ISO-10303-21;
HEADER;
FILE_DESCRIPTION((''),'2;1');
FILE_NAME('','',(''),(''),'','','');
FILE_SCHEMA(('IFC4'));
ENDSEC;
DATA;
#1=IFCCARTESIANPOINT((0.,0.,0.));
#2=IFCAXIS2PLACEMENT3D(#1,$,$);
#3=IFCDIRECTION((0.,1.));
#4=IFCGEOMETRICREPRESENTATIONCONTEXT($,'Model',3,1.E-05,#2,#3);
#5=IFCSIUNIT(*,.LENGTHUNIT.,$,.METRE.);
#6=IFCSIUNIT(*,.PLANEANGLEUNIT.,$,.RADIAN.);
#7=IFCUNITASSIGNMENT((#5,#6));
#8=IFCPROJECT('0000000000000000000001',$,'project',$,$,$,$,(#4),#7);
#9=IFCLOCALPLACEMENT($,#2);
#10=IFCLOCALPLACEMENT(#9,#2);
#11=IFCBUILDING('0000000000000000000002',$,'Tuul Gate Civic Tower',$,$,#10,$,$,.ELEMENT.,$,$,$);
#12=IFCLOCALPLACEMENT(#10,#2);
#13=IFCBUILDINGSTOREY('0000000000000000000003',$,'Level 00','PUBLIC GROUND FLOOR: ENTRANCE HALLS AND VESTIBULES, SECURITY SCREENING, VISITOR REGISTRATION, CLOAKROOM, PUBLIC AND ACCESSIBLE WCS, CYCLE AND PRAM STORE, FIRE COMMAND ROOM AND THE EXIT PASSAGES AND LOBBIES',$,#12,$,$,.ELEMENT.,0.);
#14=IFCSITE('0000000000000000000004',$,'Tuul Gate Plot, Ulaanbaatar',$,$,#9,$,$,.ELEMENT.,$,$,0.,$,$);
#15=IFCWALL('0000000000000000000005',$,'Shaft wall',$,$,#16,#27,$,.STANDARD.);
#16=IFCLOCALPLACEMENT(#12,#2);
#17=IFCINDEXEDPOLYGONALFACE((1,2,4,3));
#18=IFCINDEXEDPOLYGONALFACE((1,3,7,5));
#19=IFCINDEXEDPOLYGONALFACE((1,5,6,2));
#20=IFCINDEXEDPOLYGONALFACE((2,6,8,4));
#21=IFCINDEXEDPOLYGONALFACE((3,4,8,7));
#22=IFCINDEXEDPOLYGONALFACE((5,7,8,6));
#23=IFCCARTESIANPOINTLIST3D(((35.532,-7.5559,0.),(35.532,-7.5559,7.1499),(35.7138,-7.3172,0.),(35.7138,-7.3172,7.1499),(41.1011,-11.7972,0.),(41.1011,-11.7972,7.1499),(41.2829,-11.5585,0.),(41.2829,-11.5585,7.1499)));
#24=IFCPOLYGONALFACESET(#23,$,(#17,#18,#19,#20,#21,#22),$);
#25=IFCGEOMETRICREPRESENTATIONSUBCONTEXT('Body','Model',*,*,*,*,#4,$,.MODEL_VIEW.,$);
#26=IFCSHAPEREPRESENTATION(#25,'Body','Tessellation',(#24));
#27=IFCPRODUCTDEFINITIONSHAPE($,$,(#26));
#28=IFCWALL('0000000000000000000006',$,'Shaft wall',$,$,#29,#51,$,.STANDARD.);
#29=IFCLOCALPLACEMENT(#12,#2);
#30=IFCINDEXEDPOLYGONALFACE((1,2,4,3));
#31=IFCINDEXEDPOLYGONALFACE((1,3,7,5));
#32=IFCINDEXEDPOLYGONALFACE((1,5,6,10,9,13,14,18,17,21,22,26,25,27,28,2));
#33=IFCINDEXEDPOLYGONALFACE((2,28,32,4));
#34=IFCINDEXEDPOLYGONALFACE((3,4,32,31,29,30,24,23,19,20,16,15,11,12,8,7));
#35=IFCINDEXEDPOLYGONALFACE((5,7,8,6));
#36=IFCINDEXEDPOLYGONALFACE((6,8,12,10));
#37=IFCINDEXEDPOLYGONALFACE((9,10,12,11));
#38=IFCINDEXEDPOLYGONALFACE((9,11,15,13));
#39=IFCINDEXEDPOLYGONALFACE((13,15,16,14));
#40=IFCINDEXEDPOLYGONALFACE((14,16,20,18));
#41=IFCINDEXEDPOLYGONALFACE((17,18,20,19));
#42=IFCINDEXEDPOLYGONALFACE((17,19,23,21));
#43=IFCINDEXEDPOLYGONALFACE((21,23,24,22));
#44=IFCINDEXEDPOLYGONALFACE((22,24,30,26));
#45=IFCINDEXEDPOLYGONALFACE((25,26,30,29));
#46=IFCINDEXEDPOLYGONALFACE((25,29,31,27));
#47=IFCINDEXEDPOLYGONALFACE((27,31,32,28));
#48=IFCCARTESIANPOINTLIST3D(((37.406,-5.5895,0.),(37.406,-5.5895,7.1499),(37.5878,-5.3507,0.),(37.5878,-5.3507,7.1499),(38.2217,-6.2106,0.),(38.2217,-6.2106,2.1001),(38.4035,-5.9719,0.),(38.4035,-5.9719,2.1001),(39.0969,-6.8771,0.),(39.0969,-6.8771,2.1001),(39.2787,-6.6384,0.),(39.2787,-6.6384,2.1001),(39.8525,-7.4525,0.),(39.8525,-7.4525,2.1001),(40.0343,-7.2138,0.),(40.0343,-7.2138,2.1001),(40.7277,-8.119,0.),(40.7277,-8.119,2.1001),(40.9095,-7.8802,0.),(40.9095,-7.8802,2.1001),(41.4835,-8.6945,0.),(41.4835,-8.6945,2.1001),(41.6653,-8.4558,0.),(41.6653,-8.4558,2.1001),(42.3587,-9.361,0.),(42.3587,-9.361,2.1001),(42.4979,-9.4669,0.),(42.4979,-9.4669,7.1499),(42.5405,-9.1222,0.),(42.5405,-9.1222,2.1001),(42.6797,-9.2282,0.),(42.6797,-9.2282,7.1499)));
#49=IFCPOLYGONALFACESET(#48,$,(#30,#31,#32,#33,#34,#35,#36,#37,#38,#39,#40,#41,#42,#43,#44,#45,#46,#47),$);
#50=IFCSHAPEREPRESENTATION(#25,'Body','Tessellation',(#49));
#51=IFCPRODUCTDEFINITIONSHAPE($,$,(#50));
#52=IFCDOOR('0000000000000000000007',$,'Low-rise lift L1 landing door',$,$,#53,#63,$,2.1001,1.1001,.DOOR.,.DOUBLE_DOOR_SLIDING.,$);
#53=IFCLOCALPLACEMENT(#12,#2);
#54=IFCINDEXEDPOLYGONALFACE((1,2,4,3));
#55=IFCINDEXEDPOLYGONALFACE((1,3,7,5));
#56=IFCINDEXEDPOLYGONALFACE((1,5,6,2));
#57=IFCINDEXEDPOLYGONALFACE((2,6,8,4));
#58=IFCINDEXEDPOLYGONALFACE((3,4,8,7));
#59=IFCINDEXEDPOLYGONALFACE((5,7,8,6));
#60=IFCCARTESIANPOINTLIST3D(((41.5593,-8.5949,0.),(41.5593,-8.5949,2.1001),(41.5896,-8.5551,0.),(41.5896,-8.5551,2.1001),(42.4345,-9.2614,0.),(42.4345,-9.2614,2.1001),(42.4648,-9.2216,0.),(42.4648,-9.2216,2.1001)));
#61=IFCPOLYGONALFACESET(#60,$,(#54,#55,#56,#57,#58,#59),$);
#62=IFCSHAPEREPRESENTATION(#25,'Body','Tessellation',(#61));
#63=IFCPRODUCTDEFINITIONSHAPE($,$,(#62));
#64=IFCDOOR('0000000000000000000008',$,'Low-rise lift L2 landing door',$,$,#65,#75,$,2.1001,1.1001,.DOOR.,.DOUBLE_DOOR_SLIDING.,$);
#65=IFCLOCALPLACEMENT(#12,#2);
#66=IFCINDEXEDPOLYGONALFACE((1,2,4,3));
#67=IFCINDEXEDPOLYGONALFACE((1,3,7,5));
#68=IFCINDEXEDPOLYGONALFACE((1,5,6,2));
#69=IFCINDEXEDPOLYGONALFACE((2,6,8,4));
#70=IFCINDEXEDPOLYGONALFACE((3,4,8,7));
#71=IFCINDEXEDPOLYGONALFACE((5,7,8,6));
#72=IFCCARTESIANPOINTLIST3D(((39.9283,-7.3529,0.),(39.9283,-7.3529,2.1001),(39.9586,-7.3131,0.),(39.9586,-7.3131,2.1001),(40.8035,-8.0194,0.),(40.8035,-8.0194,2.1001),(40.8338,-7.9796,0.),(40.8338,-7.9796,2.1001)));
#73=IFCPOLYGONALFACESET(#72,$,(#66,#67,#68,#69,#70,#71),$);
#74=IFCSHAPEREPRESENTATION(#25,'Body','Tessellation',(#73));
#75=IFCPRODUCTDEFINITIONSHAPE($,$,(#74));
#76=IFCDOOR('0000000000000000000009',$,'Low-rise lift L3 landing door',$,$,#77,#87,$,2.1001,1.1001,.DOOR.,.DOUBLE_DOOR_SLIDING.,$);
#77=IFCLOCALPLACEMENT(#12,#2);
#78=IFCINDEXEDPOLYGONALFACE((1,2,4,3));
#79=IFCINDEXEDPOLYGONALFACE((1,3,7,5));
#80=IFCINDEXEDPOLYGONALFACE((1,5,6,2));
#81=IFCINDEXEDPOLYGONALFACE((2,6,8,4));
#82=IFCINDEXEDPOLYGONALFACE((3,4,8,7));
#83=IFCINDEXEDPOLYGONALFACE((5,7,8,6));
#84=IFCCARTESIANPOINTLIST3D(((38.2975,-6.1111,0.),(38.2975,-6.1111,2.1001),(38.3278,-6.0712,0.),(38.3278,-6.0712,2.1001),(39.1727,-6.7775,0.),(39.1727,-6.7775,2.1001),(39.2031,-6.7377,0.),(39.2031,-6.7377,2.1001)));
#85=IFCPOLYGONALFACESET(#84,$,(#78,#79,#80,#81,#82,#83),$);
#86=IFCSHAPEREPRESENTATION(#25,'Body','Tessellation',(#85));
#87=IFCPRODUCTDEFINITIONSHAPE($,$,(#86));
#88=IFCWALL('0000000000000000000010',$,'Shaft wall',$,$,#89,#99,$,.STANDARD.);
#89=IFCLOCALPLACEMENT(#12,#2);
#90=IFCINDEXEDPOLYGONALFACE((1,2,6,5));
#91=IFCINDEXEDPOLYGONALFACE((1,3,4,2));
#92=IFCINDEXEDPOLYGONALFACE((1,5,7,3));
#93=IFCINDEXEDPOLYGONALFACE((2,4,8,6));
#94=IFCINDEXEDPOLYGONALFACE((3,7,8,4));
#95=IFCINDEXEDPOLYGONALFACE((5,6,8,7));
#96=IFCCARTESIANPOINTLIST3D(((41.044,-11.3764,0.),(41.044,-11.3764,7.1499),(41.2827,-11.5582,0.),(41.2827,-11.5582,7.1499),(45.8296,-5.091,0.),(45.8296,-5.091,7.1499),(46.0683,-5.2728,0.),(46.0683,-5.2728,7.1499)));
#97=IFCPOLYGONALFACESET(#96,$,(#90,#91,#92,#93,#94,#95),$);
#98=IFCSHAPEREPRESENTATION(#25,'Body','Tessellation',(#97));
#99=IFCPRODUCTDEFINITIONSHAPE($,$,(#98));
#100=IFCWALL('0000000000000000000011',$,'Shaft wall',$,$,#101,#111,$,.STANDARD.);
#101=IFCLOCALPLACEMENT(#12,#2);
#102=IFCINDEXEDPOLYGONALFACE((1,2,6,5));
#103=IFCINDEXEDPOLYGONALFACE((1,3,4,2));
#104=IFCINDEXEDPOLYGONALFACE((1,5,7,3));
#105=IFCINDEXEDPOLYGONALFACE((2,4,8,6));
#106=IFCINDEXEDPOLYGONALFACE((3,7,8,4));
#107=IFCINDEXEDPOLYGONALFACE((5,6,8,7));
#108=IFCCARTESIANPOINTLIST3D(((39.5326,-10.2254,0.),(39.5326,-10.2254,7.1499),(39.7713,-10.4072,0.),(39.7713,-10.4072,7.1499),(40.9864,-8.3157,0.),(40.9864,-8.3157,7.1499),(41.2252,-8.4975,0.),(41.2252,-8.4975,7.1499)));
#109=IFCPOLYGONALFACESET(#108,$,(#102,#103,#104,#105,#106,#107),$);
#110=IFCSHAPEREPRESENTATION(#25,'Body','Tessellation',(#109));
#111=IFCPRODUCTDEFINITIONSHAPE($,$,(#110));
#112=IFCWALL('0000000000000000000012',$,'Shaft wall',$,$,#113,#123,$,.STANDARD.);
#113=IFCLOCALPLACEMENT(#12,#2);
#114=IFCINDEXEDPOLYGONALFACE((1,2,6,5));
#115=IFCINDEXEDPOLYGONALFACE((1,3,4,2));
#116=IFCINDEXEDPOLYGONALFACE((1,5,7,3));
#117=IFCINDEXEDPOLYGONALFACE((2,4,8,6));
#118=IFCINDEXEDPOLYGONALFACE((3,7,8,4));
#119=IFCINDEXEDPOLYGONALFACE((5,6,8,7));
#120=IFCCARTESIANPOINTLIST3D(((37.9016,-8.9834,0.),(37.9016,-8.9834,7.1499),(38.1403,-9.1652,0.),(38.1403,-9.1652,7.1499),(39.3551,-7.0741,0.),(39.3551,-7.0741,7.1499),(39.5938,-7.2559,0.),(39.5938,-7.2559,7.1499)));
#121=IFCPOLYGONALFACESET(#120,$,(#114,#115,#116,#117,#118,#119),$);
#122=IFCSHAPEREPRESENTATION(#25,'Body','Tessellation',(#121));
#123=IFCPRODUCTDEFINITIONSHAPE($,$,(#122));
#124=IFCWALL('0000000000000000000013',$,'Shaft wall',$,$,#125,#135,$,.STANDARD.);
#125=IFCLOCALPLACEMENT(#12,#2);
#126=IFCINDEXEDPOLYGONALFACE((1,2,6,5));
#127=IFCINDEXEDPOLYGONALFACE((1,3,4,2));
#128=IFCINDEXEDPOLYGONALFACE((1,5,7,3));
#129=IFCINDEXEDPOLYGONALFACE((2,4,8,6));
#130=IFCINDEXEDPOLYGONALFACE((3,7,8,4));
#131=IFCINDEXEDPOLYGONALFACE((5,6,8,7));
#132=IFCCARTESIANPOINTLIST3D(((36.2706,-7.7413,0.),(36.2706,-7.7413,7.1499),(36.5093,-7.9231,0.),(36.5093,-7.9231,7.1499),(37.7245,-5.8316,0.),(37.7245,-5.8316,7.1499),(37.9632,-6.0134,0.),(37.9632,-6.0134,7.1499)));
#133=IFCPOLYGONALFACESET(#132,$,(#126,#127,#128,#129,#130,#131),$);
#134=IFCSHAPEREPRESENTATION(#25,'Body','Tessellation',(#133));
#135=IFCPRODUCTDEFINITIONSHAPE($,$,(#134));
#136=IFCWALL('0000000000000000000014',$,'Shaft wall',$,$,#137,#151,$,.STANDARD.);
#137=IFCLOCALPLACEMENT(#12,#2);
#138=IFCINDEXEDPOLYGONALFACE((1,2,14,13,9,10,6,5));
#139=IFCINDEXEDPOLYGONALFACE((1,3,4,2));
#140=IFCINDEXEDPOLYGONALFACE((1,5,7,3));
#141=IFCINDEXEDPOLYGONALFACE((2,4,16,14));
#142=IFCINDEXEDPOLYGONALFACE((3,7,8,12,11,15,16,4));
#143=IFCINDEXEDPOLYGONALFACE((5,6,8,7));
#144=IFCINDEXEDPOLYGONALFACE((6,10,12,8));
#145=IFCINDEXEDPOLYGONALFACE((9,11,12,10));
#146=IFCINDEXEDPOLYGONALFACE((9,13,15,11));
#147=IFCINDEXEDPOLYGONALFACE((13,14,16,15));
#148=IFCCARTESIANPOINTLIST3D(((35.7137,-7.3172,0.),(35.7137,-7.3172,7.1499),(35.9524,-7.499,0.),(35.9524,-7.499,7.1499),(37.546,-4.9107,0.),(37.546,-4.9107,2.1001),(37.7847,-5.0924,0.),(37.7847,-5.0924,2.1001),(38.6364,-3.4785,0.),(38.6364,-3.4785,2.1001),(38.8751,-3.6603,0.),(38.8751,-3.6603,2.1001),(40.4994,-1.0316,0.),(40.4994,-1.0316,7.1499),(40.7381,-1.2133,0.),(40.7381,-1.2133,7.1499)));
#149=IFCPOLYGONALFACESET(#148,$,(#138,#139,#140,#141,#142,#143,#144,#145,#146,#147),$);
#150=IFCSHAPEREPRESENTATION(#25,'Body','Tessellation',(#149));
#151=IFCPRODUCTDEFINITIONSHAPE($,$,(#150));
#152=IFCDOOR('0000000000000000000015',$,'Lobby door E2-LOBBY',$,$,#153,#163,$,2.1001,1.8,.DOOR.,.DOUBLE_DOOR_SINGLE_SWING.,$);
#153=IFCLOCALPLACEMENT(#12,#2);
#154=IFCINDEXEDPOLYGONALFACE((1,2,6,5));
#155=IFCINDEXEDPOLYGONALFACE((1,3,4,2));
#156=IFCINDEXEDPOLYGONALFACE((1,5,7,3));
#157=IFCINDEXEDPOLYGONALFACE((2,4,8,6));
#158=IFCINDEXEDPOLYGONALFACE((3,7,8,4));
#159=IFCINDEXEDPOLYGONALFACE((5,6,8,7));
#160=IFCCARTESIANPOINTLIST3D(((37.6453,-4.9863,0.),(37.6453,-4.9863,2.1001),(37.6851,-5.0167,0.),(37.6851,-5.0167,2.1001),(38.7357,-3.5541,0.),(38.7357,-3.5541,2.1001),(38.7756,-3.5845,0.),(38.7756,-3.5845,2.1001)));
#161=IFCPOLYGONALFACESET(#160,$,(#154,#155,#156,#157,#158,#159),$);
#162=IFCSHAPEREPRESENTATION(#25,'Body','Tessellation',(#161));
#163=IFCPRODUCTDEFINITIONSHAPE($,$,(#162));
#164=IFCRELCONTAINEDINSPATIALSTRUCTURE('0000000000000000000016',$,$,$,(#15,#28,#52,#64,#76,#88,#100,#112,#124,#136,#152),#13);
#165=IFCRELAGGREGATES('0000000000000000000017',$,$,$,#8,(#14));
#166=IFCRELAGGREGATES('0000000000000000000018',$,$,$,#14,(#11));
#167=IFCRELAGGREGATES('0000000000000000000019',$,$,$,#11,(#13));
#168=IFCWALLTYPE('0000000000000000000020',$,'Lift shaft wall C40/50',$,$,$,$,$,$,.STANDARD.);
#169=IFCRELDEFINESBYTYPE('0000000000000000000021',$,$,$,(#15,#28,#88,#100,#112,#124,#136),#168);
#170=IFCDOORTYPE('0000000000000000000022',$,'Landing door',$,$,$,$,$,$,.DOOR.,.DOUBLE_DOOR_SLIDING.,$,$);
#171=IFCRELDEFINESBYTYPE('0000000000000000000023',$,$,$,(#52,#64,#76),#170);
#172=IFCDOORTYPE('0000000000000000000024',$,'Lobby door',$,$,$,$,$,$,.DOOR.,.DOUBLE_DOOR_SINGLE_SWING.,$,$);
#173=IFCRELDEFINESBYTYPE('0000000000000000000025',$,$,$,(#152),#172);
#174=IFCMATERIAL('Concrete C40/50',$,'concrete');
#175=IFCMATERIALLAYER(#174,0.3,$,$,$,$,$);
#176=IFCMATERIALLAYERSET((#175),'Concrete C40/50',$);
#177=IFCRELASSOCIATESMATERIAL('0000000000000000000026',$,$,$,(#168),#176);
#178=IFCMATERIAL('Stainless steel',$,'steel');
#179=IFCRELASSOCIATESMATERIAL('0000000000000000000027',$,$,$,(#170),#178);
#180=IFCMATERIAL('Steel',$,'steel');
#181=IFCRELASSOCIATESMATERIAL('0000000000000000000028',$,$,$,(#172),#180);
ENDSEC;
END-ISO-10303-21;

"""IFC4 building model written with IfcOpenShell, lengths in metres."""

from ifc_helpers import new_model, si_unit, direction, frame, frame_2d, origin, place, context, subcontext, project, spatial, rectangle, extrude, material, layer, layer_set, type_object, element, fill, save


model = new_model("IFC4")

# Units and contexts
model_context = context("Model", 3, precision=1e-05, world=origin(), true_north=direction((0.0, 1.0)))
body_context = subcontext(model_context, "Body", "Model", "MODEL_VIEW")
ifc_project = project(units=[si_unit("LENGTHUNIT", "METRE"), si_unit("PLANEANGLEUNIT", "RADIAN")], contexts=[model_context])

# Site, building, storey
site_placement = place(None, origin())
site = spatial("IfcSite", under=ifc_project, at=site_placement, Name="Tuul Gate Plot, Ulaanbaatar", CompositionType="ELEMENT", RefElevation=0.0)
building_placement = place(site_placement, origin())
building = spatial("IfcBuilding", under=site, at=building_placement, Name="Tuul Gate Civic Tower", CompositionType="ELEMENT")
storey_placement = place(building_placement, origin())
storey = spatial("IfcBuildingStorey", under=building, at=storey_placement, Name="Level 00", Description="PUBLIC GROUND FLOOR: ENTRANCE HALLS AND VESTIBULES, SECURITY SCREENING, VISITOR REGISTRATION, CLOAKROOM, PUBLIC AND ACCESSIBLE WCS, CYCLE AND PRAM STORE, FIRE COMMAND ROOM AND THE EXIT PASSAGES AND LOBBIES", CompositionType="ELEMENT", Elevation=0.0)

# Wall
ifc_material_1 = material(Name="Concrete C40/50", Category="concrete")
ifc_layer_1 = layer(ifc_material_1, 0.3)
ifc_layer_set_1 = layer_set([ifc_layer_1], Name="Concrete C40/50")
wall_type_1 = type_object("IfcWallType", Name="Lift shaft wall C40/50", PredefinedType="STANDARD", material=ifc_layer_set_1)
wall_1_placement = place(storey_placement, frame((41.1919, -11.6777, 0.0), z_axis=(0.0, 0.0, 1.0), x_axis=(-0.795563, 0.605871, 0.0)))
element("IfcWall", 1, at=wall_1_placement, inside=storey, type_object=wall_type_1, Name="Shaft wall", PredefinedType="STANDARD", context=body_context, shape_type="SweptSolid", body=[
    extrude(rectangle(XDim=7.0002, YDim=0.3, at=frame_2d((3.5, 0.0))), origin(), (0.0, 0.0, 1.0), 7.1499),
])

# Wall, openings, doors
wall_2_placement = place(storey_placement, frame((42.5889, -9.3477, 0.0), z_axis=(0.0, 0.0, 1.0), x_axis=(-0.795584, 0.605843, 0.0)))
wall_2 = element("IfcWall", 2, at=wall_2_placement, inside=storey, type_object=wall_type_1, Name="Shaft wall", PredefinedType="STANDARD", context=body_context, shape_type="SweptSolid", body=[
    extrude(rectangle(XDim=6.4001, YDim=0.3, at=frame_2d((3.2002, 0.0))), origin(), (0.0, 0.0, 1.0), 7.1499),
])
opening_1_placement = place(wall_2_placement, frame((0.175, 0.0, 0.0)))
opening_1 = element("IfcOpeningElement", 3, at=opening_1_placement, cuts=wall_2, PredefinedType="OPENING", context=body_context, shape_type="SweptSolid", body=[
    extrude(rectangle(XDim=1.1001, YDim=2.1001, at=frame_2d((0.55, 1.05))), frame((0.0, 0.1602, 0.0), z_axis=(0.0, -1.0, 0.0), x_axis=(1.0, 0.0, 0.0)), (0.0, 0.0, 1.0), 0.3201),
])
opening_2_placement = place(wall_2_placement, frame((2.2251, 0.0, 0.0)))
opening_2 = element("IfcOpeningElement", 4, at=opening_2_placement, cuts=wall_2, PredefinedType="OPENING", context=body_context, shape_type="SweptSolid", body=[
    extrude(rectangle(XDim=1.1001, YDim=2.1001, at=frame_2d((0.55, 1.05))), frame((0.0, 0.1602, 0.0), z_axis=(0.0, -1.0, 0.0), x_axis=(1.0, 0.0, 0.0)), (0.0, 0.0, 1.0), 0.3201),
])
opening_3_placement = place(wall_2_placement, frame((4.2749, 0.0, 0.0)))
opening_3 = element("IfcOpeningElement", 5, at=opening_3_placement, cuts=wall_2, PredefinedType="OPENING", context=body_context, shape_type="SweptSolid", body=[
    extrude(rectangle(XDim=1.1001, YDim=2.1001, at=frame_2d((0.55, 1.05))), frame((0.0, 0.1602, 0.0), z_axis=(0.0, -1.0, 0.0), x_axis=(1.0, 0.0, 0.0)), (0.0, 0.0, 1.0), 0.3201),
])
ifc_material_2 = material(Name="Stainless steel", Category="steel")
door_type_1 = type_object("IfcDoorType", Name="Landing door", OperationType="DOUBLE_DOOR_SLIDING", PredefinedType="DOOR", material=ifc_material_2)
door_1_placement = place(opening_1_placement, origin())
door_1 = element("IfcDoor", 6, at=door_1_placement, inside=storey, type_object=door_type_1, Name="Low-rise lift L1 landing door", OperationType="DOUBLE_DOOR_SLIDING", OverallHeight=2.1001, OverallWidth=1.1001, PredefinedType="DOOR", context=body_context, shape_type="SweptSolid", body=[
    extrude(rectangle(XDim=1.1001, YDim=2.1001, at=frame_2d((0.55, 1.05))), frame((0.0, 0.0249, 0.0), z_axis=(0.0, -1.0, 0.0), x_axis=(1.0, 0.0, 0.0)), (0.0, 0.0, 1.0), 0.05),
])
fill(opening_1, door_1)
door_2_placement = place(opening_2_placement, origin())
door_2 = element("IfcDoor", 7, at=door_2_placement, inside=storey, type_object=door_type_1, Name="Low-rise lift L2 landing door", OperationType="DOUBLE_DOOR_SLIDING", OverallHeight=2.1001, OverallWidth=1.1001, PredefinedType="DOOR", context=body_context, shape_type="SweptSolid", body=[
    extrude(rectangle(XDim=1.1001, YDim=2.1001, at=frame_2d((0.55, 1.05))), frame((0.0, 0.0249, 0.0), z_axis=(0.0, -1.0, 0.0), x_axis=(1.0, 0.0, 0.0)), (0.0, 0.0, 1.0), 0.05),
])
fill(opening_2, door_2)
door_3_placement = place(opening_3_placement, origin())
door_3 = element("IfcDoor", 8, at=door_3_placement, inside=storey, type_object=door_type_1, Name="Low-rise lift L3 landing door", OperationType="DOUBLE_DOOR_SLIDING", OverallHeight=2.1001, OverallWidth=1.1001, PredefinedType="DOOR", context=body_context, shape_type="SweptSolid", body=[
    extrude(rectangle(XDim=1.1001, YDim=2.1001, at=frame_2d((0.55, 1.05))), frame((0.0, 0.0249, 0.0), z_axis=(0.0, -1.0, 0.0), x_axis=(1.0, 0.0, 0.0)), (0.0, 0.0, 1.0), 0.05),
])
fill(opening_3, door_3)

# Walls
wall_3_placement = place(storey_placement, frame((41.1633, -11.4673, 0.0), z_axis=(0.0, 0.0, 1.0), x_axis=(0.605784, 0.795629, 0.0)))
element("IfcWall", 9, at=wall_3_placement, inside=storey, type_object=wall_type_1, Name="Shaft wall", PredefinedType="STANDARD", context=body_context, shape_type="SweptSolid", body=[
    extrude(rectangle(XDim=7.8999, YDim=0.3, at=frame_2d((3.95, 0.0))), origin(), (0.0, 0.0, 1.0), 7.1499),
])
wall_4_placement = place(storey_placement, frame((39.6519, -10.3164, 0.0), z_axis=(0.0, 0.0, 1.0), x_axis=(0.605746, 0.795658, 0.0)))
element("IfcWall", 10, at=wall_4_placement, inside=storey, type_object=wall_type_1, Name="Shaft wall", PredefinedType="STANDARD", context=body_context, shape_type="SweptSolid", body=[
    extrude(rectangle(XDim=2.4001, YDim=0.3, at=frame_2d((1.2002, 0.0))), origin(), (0.0, 0.0, 1.0), 7.1499),
])
wall_5_placement = place(storey_placement, frame((38.021, -9.0742, 0.0), z_axis=(0.0, 0.0, 1.0), x_axis=(0.605731, 0.79567, 0.0)))
element("IfcWall", 11, at=wall_5_placement, inside=storey, type_object=wall_type_1, Name="Shaft wall", PredefinedType="STANDARD", context=body_context, shape_type="SweptSolid", body=[
    extrude(rectangle(XDim=2.3997, YDim=0.3, at=frame_2d((1.1997, 0.0))), origin(), (0.0, 0.0, 1.0), 7.1499),
])
wall_6_placement = place(storey_placement, frame((36.3899, -7.8323, 0.0), z_axis=(0.0, 0.0, 1.0), x_axis=(0.605746, 0.795658, 0.0)))
element("IfcWall", 12, at=wall_6_placement, inside=storey, type_object=wall_type_1, Name="Shaft wall", PredefinedType="STANDARD", context=body_context, shape_type="SweptSolid", body=[
    extrude(rectangle(XDim=2.4001, YDim=0.3, at=frame_2d((1.2002, 0.0))), origin(), (0.0, 0.0, 1.0), 7.1499),
])

# Wall, opening, door
wall_7_placement = place(storey_placement, frame((35.833, -7.4082, 0.0), z_axis=(0.0, 0.0, 1.0), x_axis=(0.605769, 0.79564, 0.0)))
wall_7 = element("IfcWall", 13, at=wall_7_placement, inside=storey, type_object=wall_type_1, Name="Shaft wall", PredefinedType="STANDARD", context=body_context, shape_type="SweptSolid", body=[
    extrude(rectangle(XDim=7.9001, YDim=0.3, at=frame_2d((3.9502, 0.0))), origin(), (0.0, 0.0, 1.0), 7.1499),
])
opening_4_placement = place(wall_7_placement, frame((3.0249, 0.0, 0.0)))
opening_4 = element("IfcOpeningElement", 14, at=opening_4_placement, cuts=wall_7, PredefinedType="OPENING", context=body_context, shape_type="SweptSolid", body=[
    extrude(rectangle(XDim=1.8, YDim=2.1001, at=frame_2d((0.8999, 1.05))), frame((0.0, 0.1602, 0.0), z_axis=(0.0, -1.0, 0.0), x_axis=(1.0, 0.0, 0.0)), (0.0, 0.0, 1.0), 0.3201),
])
ifc_material_3 = material(Name="Steel", Category="steel")
door_type_2 = type_object("IfcDoorType", Name="Lobby door", OperationType="DOUBLE_DOOR_SINGLE_SWING", PredefinedType="DOOR", material=ifc_material_3)
door_4_placement = place(opening_4_placement, frame((1.8, 0.0, 0.0), z_axis=(0.0, 0.0, 1.0), x_axis=(-1.0, 0.0, 0.0)))
door_4 = element("IfcDoor", 15, at=door_4_placement, inside=storey, type_object=door_type_2, Name="Lobby door E2-LOBBY", OperationType="DOUBLE_DOOR_SINGLE_SWING", OverallHeight=2.1001, OverallWidth=1.8, PredefinedType="DOOR", context=body_context, shape_type="SweptSolid", body=[
    extrude(rectangle(XDim=1.8, YDim=2.1001, at=frame_2d((0.9001, 1.05))), frame((0.0, 0.0249, 0.0), z_axis=(0.0, -1.0, 0.0), x_axis=(1.0, 0.0, 0.0)), (0.0, 0.0, 1.0), 0.05),
])
fill(opening_4, door_4)

save(model, "model.ifc")
